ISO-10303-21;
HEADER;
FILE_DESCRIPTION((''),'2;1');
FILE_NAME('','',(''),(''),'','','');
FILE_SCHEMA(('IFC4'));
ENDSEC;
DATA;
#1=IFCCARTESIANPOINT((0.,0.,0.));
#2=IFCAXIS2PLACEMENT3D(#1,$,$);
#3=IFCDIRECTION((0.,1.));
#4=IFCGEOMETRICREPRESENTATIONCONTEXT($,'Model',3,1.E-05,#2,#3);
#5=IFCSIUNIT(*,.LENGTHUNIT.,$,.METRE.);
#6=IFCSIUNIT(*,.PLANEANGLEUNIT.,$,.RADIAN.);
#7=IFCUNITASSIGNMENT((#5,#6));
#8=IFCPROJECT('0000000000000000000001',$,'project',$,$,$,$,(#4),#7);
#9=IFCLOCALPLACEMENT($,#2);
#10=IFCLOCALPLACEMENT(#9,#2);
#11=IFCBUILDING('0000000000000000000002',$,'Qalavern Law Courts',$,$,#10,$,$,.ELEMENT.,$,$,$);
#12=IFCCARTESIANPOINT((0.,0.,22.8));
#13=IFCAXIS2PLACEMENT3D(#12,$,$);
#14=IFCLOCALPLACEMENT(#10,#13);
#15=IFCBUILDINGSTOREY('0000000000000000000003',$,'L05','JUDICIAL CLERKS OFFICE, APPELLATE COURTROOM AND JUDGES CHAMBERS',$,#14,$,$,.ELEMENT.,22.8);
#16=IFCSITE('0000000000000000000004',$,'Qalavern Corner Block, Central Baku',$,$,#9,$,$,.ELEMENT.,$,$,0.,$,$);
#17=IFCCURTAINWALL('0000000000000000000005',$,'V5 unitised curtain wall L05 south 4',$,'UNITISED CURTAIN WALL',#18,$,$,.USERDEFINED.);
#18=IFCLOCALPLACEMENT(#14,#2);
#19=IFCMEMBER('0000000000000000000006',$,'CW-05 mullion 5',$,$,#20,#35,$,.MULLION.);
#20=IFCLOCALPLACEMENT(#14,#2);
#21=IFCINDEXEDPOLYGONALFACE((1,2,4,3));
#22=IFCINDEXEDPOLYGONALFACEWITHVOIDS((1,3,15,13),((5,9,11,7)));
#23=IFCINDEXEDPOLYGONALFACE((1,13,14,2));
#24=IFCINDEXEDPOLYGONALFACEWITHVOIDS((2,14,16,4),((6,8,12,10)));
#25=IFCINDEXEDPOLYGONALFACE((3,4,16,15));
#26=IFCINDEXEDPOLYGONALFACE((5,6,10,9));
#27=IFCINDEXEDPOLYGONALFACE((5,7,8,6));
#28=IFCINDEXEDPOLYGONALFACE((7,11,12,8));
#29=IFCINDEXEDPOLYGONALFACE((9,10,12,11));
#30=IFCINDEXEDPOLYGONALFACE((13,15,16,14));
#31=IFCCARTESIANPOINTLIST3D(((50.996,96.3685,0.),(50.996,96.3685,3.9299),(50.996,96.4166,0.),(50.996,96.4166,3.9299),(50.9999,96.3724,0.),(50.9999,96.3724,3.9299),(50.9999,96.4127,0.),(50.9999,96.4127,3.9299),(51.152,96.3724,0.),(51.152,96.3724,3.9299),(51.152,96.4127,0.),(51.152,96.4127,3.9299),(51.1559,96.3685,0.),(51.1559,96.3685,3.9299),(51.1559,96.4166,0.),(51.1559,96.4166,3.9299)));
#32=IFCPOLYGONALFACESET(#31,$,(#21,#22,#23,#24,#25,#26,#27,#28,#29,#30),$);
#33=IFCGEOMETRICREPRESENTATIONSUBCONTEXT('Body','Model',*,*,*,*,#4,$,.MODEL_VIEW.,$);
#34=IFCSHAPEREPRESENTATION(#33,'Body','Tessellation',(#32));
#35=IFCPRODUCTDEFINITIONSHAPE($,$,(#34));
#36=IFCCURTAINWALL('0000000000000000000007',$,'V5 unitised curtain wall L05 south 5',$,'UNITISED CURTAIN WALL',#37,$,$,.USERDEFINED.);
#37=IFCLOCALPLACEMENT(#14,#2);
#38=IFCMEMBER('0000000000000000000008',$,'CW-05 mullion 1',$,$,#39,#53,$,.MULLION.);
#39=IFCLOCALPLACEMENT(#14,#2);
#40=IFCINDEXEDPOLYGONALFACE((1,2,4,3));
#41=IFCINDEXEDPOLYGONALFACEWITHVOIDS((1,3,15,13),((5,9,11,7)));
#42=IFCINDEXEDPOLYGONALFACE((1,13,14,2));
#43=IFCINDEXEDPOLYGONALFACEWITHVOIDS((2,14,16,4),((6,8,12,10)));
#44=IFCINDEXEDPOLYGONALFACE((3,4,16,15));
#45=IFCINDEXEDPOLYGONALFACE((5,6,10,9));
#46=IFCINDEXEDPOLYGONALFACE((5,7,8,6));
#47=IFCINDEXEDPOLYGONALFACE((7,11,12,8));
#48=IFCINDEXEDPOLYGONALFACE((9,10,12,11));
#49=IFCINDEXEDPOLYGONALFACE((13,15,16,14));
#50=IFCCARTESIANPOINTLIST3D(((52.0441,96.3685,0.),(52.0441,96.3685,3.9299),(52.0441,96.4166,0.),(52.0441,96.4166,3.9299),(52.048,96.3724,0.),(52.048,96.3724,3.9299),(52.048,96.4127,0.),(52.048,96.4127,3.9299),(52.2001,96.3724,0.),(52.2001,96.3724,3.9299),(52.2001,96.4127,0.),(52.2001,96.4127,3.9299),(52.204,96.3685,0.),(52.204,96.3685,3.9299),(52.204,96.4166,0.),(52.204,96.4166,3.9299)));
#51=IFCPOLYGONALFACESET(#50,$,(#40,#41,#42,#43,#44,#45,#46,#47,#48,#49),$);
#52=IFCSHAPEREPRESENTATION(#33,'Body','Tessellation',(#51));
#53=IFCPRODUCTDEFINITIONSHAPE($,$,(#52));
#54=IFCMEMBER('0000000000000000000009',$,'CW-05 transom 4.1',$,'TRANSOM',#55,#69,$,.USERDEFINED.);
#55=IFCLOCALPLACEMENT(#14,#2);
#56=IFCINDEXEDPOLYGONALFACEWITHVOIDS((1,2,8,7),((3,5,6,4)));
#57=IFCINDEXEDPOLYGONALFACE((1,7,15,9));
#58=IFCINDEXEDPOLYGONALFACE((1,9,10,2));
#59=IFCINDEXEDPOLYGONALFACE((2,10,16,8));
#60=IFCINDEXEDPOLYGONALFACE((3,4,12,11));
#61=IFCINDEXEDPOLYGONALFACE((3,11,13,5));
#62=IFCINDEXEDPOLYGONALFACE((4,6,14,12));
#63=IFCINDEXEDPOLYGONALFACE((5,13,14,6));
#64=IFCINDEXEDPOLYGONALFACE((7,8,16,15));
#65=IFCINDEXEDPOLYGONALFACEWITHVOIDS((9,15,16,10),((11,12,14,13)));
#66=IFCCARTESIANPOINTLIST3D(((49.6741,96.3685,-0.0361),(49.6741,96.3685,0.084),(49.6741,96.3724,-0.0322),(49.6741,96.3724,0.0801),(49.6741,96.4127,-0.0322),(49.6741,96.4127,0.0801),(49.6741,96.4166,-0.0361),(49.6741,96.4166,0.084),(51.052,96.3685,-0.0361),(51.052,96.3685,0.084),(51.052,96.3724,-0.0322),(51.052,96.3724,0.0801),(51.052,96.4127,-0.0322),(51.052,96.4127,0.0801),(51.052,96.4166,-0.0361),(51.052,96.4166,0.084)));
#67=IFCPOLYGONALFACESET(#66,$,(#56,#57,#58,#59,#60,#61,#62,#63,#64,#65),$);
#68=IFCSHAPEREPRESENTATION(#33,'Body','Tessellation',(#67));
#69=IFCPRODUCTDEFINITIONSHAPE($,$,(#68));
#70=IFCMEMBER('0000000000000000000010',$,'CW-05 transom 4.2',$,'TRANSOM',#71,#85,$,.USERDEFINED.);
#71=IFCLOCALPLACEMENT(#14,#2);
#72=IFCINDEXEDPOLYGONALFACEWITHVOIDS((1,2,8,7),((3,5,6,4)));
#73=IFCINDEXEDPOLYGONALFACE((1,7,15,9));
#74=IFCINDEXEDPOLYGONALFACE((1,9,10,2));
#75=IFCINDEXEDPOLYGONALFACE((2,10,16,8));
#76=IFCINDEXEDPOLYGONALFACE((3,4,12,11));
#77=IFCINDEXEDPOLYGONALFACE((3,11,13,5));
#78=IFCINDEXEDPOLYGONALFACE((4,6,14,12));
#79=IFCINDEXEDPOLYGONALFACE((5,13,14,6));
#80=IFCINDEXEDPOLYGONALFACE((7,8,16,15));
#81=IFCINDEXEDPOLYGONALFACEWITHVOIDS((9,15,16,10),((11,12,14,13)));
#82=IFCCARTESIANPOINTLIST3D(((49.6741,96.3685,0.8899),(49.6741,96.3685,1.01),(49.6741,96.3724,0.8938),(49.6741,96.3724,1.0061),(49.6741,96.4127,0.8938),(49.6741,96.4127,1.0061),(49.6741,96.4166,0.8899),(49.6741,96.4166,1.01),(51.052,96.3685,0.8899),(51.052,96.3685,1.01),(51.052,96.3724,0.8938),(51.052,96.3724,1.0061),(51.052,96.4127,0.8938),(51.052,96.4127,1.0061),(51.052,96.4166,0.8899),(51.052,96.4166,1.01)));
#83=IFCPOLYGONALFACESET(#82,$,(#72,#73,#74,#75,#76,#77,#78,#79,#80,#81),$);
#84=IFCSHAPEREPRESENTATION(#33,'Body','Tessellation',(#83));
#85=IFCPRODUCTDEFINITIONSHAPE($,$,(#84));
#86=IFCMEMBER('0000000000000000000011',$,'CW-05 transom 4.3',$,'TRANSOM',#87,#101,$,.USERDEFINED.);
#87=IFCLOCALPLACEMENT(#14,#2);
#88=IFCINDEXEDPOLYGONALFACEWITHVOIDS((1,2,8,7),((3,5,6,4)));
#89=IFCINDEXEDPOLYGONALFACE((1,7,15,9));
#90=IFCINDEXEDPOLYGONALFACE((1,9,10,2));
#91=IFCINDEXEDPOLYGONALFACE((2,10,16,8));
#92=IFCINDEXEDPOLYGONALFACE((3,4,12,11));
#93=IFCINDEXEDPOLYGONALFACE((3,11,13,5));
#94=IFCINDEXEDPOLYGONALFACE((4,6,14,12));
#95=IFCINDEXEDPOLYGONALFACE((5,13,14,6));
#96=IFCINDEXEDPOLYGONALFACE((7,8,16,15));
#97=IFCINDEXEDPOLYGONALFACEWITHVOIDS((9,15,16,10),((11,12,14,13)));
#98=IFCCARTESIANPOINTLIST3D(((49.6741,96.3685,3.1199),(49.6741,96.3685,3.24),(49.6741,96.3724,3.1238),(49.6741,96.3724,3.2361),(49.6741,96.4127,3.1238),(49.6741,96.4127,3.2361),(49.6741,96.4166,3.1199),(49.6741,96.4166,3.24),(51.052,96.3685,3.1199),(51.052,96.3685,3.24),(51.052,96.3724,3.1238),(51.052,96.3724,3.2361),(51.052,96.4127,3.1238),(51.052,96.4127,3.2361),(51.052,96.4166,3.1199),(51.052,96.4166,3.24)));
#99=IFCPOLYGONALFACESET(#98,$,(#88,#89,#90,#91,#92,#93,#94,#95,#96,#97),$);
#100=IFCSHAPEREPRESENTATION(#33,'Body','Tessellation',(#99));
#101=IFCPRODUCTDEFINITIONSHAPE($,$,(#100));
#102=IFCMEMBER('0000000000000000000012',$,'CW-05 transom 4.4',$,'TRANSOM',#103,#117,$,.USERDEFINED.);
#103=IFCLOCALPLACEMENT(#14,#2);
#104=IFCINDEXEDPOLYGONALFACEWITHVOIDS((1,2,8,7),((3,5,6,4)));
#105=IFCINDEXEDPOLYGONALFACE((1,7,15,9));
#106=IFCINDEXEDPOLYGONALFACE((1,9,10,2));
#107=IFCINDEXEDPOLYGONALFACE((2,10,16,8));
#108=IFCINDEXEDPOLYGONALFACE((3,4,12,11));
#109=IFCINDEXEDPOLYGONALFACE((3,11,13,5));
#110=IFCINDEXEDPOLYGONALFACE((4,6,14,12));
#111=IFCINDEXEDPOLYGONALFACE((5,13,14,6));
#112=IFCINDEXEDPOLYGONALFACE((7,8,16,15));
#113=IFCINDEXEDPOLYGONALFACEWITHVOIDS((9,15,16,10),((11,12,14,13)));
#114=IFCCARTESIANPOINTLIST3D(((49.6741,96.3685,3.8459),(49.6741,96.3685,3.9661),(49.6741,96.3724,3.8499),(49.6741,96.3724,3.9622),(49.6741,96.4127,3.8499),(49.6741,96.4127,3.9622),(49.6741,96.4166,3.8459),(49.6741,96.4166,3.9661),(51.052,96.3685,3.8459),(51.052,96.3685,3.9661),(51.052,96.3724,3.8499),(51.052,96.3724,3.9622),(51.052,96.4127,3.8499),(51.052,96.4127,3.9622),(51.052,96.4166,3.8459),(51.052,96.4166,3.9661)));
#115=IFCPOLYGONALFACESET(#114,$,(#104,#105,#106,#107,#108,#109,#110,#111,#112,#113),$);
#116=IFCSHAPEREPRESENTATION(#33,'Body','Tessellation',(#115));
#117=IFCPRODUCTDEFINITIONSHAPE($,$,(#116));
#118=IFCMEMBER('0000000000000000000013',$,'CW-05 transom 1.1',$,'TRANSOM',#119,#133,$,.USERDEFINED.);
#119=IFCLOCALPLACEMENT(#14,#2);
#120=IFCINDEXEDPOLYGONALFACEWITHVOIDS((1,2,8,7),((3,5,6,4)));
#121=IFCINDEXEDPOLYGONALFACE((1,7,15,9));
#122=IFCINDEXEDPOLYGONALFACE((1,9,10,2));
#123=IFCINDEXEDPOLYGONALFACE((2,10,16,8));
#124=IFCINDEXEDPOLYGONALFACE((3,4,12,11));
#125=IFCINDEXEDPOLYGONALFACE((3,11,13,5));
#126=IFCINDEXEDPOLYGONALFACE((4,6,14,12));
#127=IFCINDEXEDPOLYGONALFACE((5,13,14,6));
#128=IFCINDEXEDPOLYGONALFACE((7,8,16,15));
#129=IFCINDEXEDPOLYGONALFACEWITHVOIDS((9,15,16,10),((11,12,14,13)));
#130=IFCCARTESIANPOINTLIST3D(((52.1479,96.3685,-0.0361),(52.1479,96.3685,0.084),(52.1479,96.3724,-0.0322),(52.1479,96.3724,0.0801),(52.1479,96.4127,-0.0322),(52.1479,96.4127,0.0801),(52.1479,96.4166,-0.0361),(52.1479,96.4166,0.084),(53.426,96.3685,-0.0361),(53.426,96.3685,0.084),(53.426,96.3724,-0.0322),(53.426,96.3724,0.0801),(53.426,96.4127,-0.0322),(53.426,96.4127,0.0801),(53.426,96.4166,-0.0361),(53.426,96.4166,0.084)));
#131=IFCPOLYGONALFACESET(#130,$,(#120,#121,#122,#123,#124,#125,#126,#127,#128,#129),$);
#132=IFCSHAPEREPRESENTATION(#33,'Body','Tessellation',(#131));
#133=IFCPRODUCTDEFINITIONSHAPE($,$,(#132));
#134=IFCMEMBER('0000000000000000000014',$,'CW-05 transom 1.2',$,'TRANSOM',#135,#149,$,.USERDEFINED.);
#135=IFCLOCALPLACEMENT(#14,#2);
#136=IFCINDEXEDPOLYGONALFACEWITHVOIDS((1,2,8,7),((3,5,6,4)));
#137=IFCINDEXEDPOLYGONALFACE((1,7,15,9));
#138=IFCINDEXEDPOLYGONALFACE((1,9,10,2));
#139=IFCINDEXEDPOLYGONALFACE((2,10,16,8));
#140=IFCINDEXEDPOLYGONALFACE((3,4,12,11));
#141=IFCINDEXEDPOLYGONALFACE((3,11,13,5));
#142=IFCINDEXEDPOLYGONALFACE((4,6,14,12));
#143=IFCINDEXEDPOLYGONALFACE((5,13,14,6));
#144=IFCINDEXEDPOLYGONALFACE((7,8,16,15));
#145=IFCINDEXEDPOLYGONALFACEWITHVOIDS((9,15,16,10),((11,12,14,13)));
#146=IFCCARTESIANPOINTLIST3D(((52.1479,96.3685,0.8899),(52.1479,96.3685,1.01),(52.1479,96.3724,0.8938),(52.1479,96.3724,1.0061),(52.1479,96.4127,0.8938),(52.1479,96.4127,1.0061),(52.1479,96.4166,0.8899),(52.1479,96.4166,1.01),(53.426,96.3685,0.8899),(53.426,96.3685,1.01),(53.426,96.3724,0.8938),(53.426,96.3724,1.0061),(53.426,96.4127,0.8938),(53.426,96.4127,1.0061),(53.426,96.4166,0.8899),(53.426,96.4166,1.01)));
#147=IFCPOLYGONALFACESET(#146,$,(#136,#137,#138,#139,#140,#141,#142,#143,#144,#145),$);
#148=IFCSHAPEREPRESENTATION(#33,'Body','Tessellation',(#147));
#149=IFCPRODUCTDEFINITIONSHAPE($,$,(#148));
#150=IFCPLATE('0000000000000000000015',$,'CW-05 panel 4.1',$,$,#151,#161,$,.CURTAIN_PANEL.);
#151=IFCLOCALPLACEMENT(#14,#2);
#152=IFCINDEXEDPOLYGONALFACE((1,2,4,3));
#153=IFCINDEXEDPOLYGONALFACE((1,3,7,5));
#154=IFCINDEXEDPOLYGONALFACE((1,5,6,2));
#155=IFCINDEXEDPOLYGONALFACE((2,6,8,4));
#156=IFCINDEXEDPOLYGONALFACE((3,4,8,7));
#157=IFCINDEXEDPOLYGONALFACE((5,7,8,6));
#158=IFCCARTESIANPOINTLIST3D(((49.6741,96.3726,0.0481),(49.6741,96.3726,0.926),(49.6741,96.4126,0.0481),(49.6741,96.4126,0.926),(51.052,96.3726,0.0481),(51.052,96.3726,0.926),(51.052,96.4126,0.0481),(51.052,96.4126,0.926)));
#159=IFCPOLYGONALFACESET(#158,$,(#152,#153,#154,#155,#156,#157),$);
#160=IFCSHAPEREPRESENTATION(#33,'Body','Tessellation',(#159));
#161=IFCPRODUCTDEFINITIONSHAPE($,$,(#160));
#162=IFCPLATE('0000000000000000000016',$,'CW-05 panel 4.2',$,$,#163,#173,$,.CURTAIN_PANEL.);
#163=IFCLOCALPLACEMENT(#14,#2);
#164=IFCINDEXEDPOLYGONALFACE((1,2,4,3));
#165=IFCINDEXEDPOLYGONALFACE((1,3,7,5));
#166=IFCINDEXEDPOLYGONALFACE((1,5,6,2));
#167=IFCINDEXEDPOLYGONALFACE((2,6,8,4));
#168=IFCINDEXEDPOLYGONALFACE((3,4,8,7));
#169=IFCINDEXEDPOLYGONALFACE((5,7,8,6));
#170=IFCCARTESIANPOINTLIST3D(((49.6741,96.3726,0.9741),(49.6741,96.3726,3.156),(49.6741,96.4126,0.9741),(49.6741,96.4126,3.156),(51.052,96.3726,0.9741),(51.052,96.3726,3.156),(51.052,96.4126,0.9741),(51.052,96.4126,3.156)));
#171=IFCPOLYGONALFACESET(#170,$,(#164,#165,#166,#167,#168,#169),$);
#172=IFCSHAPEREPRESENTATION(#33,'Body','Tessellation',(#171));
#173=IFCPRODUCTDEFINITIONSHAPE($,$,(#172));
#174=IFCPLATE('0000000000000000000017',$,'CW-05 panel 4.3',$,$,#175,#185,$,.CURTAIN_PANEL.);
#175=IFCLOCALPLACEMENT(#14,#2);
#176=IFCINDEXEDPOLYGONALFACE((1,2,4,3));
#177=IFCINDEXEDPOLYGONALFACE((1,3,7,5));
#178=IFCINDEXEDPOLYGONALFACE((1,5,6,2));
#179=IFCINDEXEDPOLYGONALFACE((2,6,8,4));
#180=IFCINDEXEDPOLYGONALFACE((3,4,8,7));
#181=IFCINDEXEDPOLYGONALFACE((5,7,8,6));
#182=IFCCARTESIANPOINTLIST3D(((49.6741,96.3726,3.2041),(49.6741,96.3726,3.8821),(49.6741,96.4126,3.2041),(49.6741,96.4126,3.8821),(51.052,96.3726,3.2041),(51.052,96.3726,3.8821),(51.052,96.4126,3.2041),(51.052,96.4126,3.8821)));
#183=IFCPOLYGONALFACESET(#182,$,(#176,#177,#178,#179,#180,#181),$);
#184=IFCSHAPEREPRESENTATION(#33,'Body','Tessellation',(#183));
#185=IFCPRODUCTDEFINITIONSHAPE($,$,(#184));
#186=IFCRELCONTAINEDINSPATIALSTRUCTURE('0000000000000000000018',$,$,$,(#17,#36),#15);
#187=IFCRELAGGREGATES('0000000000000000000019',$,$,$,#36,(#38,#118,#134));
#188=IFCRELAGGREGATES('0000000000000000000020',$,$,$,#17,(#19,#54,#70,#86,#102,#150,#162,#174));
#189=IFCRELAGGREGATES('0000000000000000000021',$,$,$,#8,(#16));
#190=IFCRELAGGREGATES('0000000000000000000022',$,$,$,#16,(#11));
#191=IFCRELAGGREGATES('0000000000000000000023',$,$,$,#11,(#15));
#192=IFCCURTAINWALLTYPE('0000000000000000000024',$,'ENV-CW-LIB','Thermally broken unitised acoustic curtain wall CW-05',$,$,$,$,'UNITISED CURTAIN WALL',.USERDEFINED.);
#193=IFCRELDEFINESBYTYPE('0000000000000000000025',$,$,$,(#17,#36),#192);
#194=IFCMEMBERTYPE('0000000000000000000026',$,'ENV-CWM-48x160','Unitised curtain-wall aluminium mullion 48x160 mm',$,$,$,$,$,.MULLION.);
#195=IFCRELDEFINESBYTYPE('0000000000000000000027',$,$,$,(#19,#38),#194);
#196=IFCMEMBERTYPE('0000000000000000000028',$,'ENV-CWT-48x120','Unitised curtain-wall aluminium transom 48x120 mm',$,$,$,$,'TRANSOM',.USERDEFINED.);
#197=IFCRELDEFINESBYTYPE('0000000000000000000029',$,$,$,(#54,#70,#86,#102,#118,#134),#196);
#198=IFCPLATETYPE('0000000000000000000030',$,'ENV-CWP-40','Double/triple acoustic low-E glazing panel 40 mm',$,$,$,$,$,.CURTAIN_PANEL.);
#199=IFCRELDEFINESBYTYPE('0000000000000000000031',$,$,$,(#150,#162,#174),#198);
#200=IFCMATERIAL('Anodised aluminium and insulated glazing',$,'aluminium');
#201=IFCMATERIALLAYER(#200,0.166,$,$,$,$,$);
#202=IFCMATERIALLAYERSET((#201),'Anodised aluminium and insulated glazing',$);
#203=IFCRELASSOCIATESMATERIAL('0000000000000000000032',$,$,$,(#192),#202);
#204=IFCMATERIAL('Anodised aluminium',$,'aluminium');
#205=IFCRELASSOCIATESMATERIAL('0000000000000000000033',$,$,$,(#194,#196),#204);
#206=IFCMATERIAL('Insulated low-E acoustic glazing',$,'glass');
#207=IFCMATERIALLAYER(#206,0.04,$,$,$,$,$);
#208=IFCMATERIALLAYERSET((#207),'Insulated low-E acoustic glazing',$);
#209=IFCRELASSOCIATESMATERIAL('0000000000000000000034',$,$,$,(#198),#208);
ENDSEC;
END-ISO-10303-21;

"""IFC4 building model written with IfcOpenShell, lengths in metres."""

from ifc_helpers import new_model, si_unit, direction, frame, origin, origin_2d, place, context, subcontext, project, spatial, rectangle, hollow_rectangle, extrude, material, layer, layer_set, material_profile, profile_set, type_object, element, aggregate, save


model = new_model("IFC4")

# Units and contexts
model_context = context("Model", 3, precision=1e-05, world=origin(), true_north=direction((0.0, 1.0)))
body_context = subcontext(model_context, "Body", "Model", "MODEL_VIEW")
ifc_project = project(units=[si_unit("LENGTHUNIT", "METRE"), si_unit("PLANEANGLEUNIT", "RADIAN")], contexts=[model_context])

# Site, building, storey
site_placement = place(None, origin())
site = spatial("IfcSite", under=ifc_project, at=site_placement, Name="Qalavern Corner Block, Central Baku", CompositionType="ELEMENT", RefElevation=0.0)
building_placement = place(site_placement, origin())
building = spatial("IfcBuilding", under=site, at=building_placement, Name="Qalavern Law Courts", CompositionType="ELEMENT")
storey_placement = place(building_placement, frame((0.0, 0.0, 22.8)))
storey = spatial("IfcBuildingStorey", under=building, at=storey_placement, Name="L05", Description="JUDICIAL CLERKS OFFICE, APPELLATE COURTROOM AND JUDGES CHAMBERS", CompositionType="ELEMENT", Elevation=22.8)

# Curtain walls, members
ifc_material_1 = material(Name="Anodised aluminium and insulated glazing", Category="aluminium")
ifc_layer_1 = layer(ifc_material_1, 0.166)
ifc_layer_set_1 = layer_set([ifc_layer_1], Name="Anodised aluminium and insulated glazing")
curtain_wall_type = type_object("IfcCurtainWallType", Name="ENV-CW-LIB", Description="Thermally broken unitised acoustic curtain wall CW-05", ElementType="UNITISED CURTAIN WALL", PredefinedType="USERDEFINED", material=ifc_layer_set_1)
curtain_wall_1_placement = place(storey_placement, origin())
curtain_wall_1 = element("IfcCurtainWall", 1, at=curtain_wall_1_placement, inside=storey, type_object=curtain_wall_type, Name="V5 unitised curtain wall L05 south 4", ObjectType="UNITISED CURTAIN WALL", PredefinedType="USERDEFINED")
ifc_material_2 = material(Name="Anodised aluminium", Category="aluminium")
ifc_material_profile_1 = material_profile(ifc_material_2, hollow_rectangle(XDim=0.0481, YDim=0.1599, WallThickness=0.0039, at=origin_2d()), Name="ALU MULLION 48x160")
ifc_profile_set_1 = profile_set([ifc_material_profile_1], Name="Anodised aluminium")
member_type_1 = type_object("IfcMemberType", Name="ENV-CWM-48x160", Description="Unitised curtain-wall aluminium mullion 48x160 mm", PredefinedType="MULLION", material=ifc_profile_set_1)
member_1_placement = place(storey_placement, frame((51.0759, 96.3926, 0.0), z_axis=(0.0, 0.0, 1.0), x_axis=(0.0, 1.0, 0.0)))
member_1 = element("IfcMember", 2, at=member_1_placement, type_object=member_type_1, Name="CW-05 mullion 5", PredefinedType="MULLION", context=body_context, shape_type="SweptSolid", body=[
    extrude(hollow_rectangle(XDim=0.0481, YDim=0.1599, WallThickness=0.0039, at=origin_2d()), origin(), (0.0, 0.0, 1.0), 3.9299),
])
curtain_wall_2_placement = place(storey_placement, origin())
curtain_wall_2 = element("IfcCurtainWall", 3, at=curtain_wall_2_placement, inside=storey, type_object=curtain_wall_type, Name="V5 unitised curtain wall L05 south 5", ObjectType="UNITISED CURTAIN WALL", PredefinedType="USERDEFINED")
member_2_placement = place(storey_placement, frame((52.124, 96.3926, 0.0), z_axis=(0.0, 0.0, 1.0), x_axis=(0.0, 1.0, 0.0)))
member_2 = element("IfcMember", 4, at=member_2_placement, type_object=member_type_1, Name="CW-05 mullion 1", PredefinedType="MULLION", context=body_context, shape_type="SweptSolid", body=[
    extrude(hollow_rectangle(XDim=0.0481, YDim=0.1599, WallThickness=0.0039, at=origin_2d()), origin(), (0.0, 0.0, 1.0), 3.9299),
])

# Members
ifc_material_profile_2 = material_profile(ifc_material_2, hollow_rectangle(XDim=0.0481, YDim=0.1201, WallThickness=0.0039, at=origin_2d()), Name="ALU TRANSOM 48x120")
ifc_profile_set_2 = profile_set([ifc_material_profile_2], Name="Anodised aluminium")
member_type_2 = type_object("IfcMemberType", Name="ENV-CWT-48x120", Description="Unitised curtain-wall aluminium transom 48x120 mm", ElementType="TRANSOM", PredefinedType="USERDEFINED", material=ifc_profile_set_2)
member_3_placement = place(storey_placement, frame((49.6741, 96.3926, 0.0239), z_axis=(1.0, 0.0, 0.0), x_axis=(0.0, 1.0, 0.0)))
member_3 = element("IfcMember", 5, at=member_3_placement, type_object=member_type_2, Name="CW-05 transom 4.1", ObjectType="TRANSOM", PredefinedType="USERDEFINED", context=body_context, shape_type="SweptSolid", body=[
    extrude(hollow_rectangle(XDim=0.0481, YDim=0.1201, WallThickness=0.0039, at=origin_2d()), origin(), (0.0, 0.0, 1.0), 1.3779),
])
member_4_placement = place(storey_placement, frame((49.6741, 96.3926, 0.95), z_axis=(1.0, 0.0, 0.0), x_axis=(0.0, 1.0, 0.0)))
member_4 = element("IfcMember", 6, at=member_4_placement, type_object=member_type_2, Name="CW-05 transom 4.2", ObjectType="TRANSOM", PredefinedType="USERDEFINED", context=body_context, shape_type="SweptSolid", body=[
    extrude(hollow_rectangle(XDim=0.0481, YDim=0.1201, WallThickness=0.0039, at=origin_2d()), origin(), (0.0, 0.0, 1.0), 1.3779),
])
member_5_placement = place(storey_placement, frame((49.6741, 96.3926, 3.1799), z_axis=(1.0, 0.0, 0.0), x_axis=(0.0, 1.0, 0.0)))
member_5 = element("IfcMember", 7, at=member_5_placement, type_object=member_type_2, Name="CW-05 transom 4.3", ObjectType="TRANSOM", PredefinedType="USERDEFINED", context=body_context, shape_type="SweptSolid", body=[
    extrude(hollow_rectangle(XDim=0.0481, YDim=0.1201, WallThickness=0.0039, at=origin_2d()), origin(), (0.0, 0.0, 1.0), 1.3779),
])
member_6_placement = place(storey_placement, frame((49.6741, 96.3926, 3.906), z_axis=(1.0, 0.0, 0.0), x_axis=(0.0, 1.0, 0.0)))
member_6 = element("IfcMember", 8, at=member_6_placement, type_object=member_type_2, Name="CW-05 transom 4.4", ObjectType="TRANSOM", PredefinedType="USERDEFINED", context=body_context, shape_type="SweptSolid", body=[
    extrude(hollow_rectangle(XDim=0.0481, YDim=0.1201, WallThickness=0.0039, at=origin_2d()), origin(), (0.0, 0.0, 1.0), 1.3779),
])
member_7_placement = place(storey_placement, frame((52.1479, 96.3926, 0.0239), z_axis=(1.0, 0.0, 0.0), x_axis=(0.0, 1.0, 0.0)))
member_7 = element("IfcMember", 9, at=member_7_placement, type_object=member_type_2, Name="CW-05 transom 1.1", ObjectType="TRANSOM", PredefinedType="USERDEFINED", context=body_context, shape_type="SweptSolid", body=[
    extrude(hollow_rectangle(XDim=0.0481, YDim=0.1201, WallThickness=0.0039, at=origin_2d()), origin(), (0.0, 0.0, 1.0), 1.2781),
])
member_8_placement = place(storey_placement, frame((52.1479, 96.3926, 0.95), z_axis=(1.0, 0.0, 0.0), x_axis=(0.0, 1.0, 0.0)))
member_8 = element("IfcMember", 10, at=member_8_placement, type_object=member_type_2, Name="CW-05 transom 1.2", ObjectType="TRANSOM", PredefinedType="USERDEFINED", context=body_context, shape_type="SweptSolid", body=[
    extrude(hollow_rectangle(XDim=0.0481, YDim=0.1201, WallThickness=0.0039, at=origin_2d()), origin(), (0.0, 0.0, 1.0), 1.2781),
])
aggregate(curtain_wall_2, [member_2, member_7, member_8])

# Plates
ifc_material_3 = material(Name="Insulated low-E acoustic glazing", Category="glass")
ifc_layer_2 = layer(ifc_material_3, 0.04)
ifc_layer_set_2 = layer_set([ifc_layer_2], Name="Insulated low-E acoustic glazing")
plate_type = type_object("IfcPlateType", Name="ENV-CWP-40", Description="Double/triple acoustic low-E glazing panel 40 mm", PredefinedType="CURTAIN_PANEL", material=ifc_layer_set_2)
plate_1_placement = place(storey_placement, frame((50.363, 96.3926, 0.0481), z_axis=(0.0, 0.0, 1.0), x_axis=(1.0, 0.0, 0.0)))
plate_1 = element("IfcPlate", 11, at=plate_1_placement, type_object=plate_type, Name="CW-05 panel 4.1", PredefinedType="CURTAIN_PANEL", context=body_context, shape_type="SweptSolid", body=[
    extrude(rectangle(XDim=1.3779, YDim=0.04, at=origin_2d()), origin(), (0.0, 0.0, 1.0), 0.8779),
])
plate_2_placement = place(storey_placement, frame((50.363, 96.3926, 0.9741), z_axis=(0.0, 0.0, 1.0), x_axis=(1.0, 0.0, 0.0)))
plate_2 = element("IfcPlate", 12, at=plate_2_placement, type_object=plate_type, Name="CW-05 panel 4.2", PredefinedType="CURTAIN_PANEL", context=body_context, shape_type="SweptSolid", body=[
    extrude(rectangle(XDim=1.3779, YDim=0.04, at=origin_2d()), origin(), (0.0, 0.0, 1.0), 2.1819),
])
plate_3_placement = place(storey_placement, frame((50.363, 96.3926, 3.2041), z_axis=(0.0, 0.0, 1.0), x_axis=(1.0, 0.0, 0.0)))
plate_3 = element("IfcPlate", 13, at=plate_3_placement, type_object=plate_type, Name="CW-05 panel 4.3", PredefinedType="CURTAIN_PANEL", context=body_context, shape_type="SweptSolid", body=[
    extrude(rectangle(XDim=1.3779, YDim=0.04, at=origin_2d()), origin(), (0.0, 0.0, 1.0), 0.678),
])
aggregate(curtain_wall_1, [member_1, member_3, member_4, member_5, member_6, plate_1, plate_2, plate_3])

save(model, "model.ifc")
